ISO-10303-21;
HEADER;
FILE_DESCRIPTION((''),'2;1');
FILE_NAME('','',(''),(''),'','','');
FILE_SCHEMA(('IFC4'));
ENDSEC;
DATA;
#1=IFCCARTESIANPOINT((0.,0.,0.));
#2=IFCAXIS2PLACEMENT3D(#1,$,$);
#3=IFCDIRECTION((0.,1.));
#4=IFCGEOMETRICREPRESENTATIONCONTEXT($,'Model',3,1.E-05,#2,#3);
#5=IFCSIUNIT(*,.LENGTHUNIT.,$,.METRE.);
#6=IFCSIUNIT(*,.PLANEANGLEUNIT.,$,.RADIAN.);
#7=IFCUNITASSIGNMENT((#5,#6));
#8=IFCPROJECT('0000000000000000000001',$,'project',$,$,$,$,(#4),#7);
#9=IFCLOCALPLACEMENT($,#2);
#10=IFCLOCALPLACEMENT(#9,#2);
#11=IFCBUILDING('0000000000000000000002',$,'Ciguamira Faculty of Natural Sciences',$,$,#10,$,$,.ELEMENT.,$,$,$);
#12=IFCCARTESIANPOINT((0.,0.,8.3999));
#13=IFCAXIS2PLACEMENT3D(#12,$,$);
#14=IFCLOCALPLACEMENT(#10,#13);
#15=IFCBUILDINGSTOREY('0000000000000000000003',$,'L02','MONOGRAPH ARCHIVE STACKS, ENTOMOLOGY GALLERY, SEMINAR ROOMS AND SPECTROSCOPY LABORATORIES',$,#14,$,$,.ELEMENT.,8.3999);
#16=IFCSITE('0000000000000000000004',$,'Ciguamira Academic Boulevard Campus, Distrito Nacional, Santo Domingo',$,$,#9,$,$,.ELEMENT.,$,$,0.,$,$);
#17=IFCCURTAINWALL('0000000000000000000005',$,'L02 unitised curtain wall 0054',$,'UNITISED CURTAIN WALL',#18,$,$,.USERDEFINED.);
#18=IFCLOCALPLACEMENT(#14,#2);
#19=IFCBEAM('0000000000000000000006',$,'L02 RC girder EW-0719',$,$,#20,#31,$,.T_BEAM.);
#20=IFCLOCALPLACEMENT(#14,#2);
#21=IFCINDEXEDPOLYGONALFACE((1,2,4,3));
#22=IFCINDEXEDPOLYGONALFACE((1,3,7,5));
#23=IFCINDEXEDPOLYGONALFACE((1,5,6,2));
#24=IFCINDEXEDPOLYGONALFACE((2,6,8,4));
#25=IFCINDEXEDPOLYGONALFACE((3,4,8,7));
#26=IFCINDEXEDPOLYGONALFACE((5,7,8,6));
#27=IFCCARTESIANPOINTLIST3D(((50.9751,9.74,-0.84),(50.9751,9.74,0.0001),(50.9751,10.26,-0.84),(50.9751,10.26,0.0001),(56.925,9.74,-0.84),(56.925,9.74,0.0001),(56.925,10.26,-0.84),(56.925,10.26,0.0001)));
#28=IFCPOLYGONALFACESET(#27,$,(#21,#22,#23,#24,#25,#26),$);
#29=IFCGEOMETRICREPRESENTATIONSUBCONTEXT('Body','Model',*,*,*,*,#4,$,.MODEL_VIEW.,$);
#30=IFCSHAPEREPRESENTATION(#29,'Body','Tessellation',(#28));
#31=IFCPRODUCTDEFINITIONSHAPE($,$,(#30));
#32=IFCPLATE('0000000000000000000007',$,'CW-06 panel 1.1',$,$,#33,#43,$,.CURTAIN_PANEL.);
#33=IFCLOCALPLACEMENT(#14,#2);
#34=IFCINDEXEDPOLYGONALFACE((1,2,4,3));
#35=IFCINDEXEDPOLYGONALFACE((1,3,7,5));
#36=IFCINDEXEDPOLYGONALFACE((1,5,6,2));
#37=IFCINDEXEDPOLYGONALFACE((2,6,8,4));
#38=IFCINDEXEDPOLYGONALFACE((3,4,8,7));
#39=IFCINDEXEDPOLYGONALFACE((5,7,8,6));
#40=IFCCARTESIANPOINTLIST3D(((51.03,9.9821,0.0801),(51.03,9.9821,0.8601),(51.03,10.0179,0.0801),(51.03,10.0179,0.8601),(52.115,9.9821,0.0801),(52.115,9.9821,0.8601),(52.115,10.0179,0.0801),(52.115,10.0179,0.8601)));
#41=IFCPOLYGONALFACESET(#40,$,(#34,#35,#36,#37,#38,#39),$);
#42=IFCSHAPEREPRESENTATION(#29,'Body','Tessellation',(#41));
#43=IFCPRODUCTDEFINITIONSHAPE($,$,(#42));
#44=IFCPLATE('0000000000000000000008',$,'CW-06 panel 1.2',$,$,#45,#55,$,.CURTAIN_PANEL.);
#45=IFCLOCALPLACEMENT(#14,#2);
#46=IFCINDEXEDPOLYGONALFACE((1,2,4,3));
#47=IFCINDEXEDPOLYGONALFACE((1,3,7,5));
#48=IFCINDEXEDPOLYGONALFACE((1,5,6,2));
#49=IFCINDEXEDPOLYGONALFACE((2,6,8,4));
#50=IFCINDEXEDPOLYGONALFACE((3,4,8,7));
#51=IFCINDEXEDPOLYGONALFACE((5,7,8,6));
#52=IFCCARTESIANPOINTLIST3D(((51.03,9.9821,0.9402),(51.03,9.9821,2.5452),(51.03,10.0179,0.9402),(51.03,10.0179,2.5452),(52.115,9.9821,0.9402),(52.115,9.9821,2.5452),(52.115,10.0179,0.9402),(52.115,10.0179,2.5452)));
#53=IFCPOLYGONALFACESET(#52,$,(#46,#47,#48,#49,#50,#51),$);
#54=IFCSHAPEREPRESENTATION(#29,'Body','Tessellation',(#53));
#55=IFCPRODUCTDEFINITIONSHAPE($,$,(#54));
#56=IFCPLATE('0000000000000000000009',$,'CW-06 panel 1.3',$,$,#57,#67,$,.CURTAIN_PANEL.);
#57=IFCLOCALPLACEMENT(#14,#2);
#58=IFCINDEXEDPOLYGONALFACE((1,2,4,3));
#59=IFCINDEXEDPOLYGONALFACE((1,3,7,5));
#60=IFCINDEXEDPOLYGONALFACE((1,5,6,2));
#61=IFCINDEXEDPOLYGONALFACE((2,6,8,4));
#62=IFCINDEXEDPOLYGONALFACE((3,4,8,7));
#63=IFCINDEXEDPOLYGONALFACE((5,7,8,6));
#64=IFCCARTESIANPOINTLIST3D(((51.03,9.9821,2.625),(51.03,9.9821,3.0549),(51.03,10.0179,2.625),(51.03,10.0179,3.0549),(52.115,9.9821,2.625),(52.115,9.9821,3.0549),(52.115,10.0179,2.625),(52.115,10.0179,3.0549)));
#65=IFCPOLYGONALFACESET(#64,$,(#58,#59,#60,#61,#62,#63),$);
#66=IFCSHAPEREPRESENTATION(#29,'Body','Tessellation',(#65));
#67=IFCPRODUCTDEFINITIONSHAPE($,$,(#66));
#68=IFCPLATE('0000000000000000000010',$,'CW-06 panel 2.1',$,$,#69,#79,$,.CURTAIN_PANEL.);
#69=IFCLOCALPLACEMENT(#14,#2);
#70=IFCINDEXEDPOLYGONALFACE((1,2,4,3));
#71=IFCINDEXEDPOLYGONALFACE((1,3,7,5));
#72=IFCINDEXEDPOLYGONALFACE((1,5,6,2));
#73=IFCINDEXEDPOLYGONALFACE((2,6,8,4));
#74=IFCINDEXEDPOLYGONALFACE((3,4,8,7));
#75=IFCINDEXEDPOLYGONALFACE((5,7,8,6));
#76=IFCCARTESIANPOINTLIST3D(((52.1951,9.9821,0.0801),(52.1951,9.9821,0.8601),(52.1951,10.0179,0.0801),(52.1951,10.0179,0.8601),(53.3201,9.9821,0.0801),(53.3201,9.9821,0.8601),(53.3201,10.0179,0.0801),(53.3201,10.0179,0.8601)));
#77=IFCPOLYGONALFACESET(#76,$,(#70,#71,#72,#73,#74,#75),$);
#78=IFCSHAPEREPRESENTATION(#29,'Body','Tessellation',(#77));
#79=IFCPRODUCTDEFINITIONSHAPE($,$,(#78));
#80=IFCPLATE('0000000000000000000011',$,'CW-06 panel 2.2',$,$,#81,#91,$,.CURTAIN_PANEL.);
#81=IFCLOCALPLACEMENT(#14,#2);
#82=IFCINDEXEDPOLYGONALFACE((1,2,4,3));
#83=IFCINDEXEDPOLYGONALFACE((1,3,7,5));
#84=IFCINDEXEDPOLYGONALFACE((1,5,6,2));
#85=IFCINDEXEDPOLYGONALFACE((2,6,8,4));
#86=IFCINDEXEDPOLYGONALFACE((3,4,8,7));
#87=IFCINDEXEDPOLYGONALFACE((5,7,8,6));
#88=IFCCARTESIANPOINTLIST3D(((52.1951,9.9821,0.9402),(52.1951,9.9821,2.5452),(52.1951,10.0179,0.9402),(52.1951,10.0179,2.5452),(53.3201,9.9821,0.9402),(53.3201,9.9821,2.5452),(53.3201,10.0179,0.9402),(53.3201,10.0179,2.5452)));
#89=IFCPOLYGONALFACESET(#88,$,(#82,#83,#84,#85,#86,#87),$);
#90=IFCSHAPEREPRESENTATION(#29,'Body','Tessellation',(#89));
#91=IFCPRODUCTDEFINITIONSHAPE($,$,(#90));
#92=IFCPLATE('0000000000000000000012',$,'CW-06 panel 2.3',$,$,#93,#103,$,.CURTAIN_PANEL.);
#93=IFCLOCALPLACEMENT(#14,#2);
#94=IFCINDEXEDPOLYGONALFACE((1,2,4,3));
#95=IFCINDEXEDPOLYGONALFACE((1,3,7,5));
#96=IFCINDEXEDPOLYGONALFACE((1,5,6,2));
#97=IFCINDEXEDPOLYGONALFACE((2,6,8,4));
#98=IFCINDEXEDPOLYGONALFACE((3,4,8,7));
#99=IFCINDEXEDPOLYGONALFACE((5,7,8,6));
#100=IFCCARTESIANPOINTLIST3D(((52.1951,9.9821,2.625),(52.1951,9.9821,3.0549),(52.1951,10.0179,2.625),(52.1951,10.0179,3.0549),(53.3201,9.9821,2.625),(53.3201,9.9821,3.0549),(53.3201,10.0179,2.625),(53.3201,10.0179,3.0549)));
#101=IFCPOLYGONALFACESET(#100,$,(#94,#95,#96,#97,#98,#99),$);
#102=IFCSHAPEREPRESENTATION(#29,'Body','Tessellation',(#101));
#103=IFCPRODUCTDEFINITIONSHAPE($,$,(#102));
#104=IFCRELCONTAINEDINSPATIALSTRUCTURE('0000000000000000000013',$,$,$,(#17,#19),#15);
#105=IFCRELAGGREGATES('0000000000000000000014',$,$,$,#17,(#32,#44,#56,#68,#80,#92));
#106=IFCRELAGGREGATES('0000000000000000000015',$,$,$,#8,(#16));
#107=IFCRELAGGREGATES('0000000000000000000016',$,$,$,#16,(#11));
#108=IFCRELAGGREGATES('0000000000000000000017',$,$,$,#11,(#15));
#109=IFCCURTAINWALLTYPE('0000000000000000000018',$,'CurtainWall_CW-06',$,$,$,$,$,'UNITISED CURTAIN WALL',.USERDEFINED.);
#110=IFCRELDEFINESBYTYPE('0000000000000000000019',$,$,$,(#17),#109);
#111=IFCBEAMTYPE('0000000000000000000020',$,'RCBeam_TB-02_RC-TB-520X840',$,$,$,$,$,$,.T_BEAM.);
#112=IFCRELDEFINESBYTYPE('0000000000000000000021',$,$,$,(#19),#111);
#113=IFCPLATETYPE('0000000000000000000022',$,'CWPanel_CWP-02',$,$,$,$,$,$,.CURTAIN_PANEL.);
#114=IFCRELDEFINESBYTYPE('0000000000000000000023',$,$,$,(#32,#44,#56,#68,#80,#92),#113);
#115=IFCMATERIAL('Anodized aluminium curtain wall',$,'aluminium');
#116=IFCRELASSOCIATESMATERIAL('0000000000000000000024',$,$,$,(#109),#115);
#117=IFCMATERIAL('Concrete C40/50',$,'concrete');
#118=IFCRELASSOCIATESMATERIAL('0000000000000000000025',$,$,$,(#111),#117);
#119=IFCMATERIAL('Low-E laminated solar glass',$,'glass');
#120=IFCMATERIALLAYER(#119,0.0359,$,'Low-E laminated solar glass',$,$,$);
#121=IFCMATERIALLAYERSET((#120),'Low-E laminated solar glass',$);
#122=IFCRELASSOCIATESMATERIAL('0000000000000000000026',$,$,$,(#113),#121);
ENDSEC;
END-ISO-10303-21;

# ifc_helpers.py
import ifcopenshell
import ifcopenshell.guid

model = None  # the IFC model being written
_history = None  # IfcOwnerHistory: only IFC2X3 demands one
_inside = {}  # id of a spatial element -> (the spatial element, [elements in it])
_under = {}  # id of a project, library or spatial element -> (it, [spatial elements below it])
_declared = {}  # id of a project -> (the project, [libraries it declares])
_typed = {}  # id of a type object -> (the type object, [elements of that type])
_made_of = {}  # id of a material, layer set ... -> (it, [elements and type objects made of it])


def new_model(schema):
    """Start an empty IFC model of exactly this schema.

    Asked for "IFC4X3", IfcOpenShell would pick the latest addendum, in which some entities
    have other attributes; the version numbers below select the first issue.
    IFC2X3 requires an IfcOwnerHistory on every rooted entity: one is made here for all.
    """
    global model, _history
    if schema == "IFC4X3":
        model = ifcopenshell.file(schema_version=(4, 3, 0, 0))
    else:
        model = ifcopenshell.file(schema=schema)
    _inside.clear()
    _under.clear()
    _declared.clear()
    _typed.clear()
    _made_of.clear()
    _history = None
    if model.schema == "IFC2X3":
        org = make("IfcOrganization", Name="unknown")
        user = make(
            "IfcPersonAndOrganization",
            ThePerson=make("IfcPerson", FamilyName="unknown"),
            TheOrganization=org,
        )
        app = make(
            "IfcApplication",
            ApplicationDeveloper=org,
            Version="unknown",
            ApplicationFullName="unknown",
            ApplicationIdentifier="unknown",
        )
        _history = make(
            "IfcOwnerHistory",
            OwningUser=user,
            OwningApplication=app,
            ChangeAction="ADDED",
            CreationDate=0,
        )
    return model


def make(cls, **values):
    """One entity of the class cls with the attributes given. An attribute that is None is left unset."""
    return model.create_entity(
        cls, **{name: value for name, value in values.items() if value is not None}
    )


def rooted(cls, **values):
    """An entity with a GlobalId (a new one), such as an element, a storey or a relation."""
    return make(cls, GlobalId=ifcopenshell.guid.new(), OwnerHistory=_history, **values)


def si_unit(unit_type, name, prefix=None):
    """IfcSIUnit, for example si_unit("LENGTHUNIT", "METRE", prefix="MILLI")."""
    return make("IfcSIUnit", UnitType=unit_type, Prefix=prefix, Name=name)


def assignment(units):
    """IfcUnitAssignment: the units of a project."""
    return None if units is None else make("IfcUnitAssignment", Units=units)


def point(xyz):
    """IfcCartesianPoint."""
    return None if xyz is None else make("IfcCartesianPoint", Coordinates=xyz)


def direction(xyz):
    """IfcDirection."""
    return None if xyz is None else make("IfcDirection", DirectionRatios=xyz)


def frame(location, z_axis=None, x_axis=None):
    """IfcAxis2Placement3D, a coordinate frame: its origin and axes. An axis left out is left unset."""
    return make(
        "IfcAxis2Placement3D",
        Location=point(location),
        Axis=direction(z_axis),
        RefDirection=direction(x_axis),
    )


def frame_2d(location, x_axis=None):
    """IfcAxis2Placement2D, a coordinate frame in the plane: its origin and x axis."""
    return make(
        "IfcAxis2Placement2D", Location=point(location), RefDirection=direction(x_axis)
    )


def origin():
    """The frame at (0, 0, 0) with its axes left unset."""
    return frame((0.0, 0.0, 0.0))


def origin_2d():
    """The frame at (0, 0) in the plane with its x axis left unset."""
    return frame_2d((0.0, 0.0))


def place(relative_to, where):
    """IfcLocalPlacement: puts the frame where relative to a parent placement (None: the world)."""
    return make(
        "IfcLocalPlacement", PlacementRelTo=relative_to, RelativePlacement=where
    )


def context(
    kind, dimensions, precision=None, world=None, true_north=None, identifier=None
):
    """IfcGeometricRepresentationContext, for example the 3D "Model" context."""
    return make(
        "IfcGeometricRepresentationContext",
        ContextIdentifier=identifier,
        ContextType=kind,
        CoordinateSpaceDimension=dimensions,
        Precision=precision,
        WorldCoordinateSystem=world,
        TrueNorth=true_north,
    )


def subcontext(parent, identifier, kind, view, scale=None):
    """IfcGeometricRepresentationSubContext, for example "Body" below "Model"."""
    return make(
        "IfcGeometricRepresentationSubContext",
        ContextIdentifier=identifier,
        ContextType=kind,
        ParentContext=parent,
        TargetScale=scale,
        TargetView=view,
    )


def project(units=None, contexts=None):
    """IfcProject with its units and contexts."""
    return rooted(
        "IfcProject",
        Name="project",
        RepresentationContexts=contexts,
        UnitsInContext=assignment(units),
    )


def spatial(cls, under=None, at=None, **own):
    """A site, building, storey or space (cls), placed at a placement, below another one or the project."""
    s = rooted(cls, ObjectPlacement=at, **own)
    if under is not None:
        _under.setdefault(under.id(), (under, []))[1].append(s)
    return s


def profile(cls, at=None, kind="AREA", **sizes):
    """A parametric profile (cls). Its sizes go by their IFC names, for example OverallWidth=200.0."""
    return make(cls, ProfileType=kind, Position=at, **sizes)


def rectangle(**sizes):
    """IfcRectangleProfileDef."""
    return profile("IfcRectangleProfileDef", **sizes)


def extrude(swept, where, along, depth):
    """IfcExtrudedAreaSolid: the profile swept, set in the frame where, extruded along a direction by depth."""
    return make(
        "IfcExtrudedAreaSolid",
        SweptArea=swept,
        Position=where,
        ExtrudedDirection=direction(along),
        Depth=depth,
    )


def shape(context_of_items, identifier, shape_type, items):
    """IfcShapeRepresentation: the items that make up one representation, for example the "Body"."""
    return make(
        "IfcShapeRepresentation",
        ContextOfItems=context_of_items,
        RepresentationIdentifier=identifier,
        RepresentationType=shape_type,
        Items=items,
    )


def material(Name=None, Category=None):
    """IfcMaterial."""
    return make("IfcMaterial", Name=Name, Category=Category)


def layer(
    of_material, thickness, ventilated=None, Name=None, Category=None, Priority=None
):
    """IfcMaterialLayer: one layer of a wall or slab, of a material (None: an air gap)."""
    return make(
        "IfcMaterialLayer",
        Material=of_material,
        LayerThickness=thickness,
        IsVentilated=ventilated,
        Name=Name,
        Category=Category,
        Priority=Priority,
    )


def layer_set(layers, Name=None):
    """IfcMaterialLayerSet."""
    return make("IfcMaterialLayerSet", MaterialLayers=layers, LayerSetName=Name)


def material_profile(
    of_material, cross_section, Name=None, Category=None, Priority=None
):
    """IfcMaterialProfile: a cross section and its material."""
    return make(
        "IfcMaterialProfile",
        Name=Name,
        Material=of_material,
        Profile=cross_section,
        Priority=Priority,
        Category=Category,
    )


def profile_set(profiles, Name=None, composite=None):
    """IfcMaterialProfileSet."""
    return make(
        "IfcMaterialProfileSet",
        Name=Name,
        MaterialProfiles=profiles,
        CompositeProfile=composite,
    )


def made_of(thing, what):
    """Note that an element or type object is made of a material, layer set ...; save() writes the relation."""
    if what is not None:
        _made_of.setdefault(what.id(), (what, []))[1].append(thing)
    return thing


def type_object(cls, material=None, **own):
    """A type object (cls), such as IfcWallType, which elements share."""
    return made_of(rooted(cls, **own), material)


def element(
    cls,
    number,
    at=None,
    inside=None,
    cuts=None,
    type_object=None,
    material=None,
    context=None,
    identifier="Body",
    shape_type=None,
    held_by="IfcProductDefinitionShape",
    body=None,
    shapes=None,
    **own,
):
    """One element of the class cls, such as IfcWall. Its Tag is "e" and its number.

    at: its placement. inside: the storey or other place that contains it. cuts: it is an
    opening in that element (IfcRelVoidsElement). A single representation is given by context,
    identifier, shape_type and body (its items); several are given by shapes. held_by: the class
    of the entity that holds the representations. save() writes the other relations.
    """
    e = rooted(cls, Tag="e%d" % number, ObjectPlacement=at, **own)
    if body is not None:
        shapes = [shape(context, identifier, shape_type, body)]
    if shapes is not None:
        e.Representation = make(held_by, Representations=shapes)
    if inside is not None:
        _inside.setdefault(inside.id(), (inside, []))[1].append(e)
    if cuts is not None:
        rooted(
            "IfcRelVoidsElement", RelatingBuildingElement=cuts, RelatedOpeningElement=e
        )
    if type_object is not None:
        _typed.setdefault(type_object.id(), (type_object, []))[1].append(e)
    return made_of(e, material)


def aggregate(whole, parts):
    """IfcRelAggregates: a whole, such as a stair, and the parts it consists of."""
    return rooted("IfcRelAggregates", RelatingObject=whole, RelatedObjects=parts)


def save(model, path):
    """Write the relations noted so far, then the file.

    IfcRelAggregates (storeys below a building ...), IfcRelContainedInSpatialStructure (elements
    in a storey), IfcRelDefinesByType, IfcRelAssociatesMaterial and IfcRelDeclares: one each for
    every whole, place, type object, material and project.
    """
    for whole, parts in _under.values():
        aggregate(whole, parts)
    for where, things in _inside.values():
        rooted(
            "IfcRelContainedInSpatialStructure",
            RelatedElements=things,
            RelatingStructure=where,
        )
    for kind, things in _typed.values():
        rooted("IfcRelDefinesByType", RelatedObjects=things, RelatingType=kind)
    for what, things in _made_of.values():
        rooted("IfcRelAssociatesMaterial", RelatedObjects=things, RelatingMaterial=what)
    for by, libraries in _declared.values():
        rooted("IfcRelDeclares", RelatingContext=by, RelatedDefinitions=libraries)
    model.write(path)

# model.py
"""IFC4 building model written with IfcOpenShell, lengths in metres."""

from ifc_helpers import new_model, si_unit, direction, frame, origin, origin_2d, place, context, subcontext, project, spatial, rectangle, extrude, material, layer, layer_set, material_profile, profile_set, type_object, element, aggregate, save


model = new_model("IFC4")

# Units and contexts
model_context = context("Model", 3, precision=1e-05, world=origin(), true_north=direction((0.0, 1.0)))
body_context = subcontext(model_context, "Body", "Model", "MODEL_VIEW")
ifc_project = project(units=[si_unit("LENGTHUNIT", "METRE"), si_unit("PLANEANGLEUNIT", "RADIAN")], contexts=[model_context])

# Site, building, storey
site_placement = place(None, origin())
site = spatial("IfcSite", under=ifc_project, at=site_placement, Name="Ciguamira Academic Boulevard Campus, Distrito Nacional, Santo Domingo", CompositionType="ELEMENT", RefElevation=0.0)
building_placement = place(site_placement, origin())
building = spatial("IfcBuilding", under=site, at=building_placement, Name="Ciguamira Faculty of Natural Sciences", CompositionType="ELEMENT")
storey_placement = place(building_placement, frame((0.0, 0.0, 8.3999)))
storey = spatial("IfcBuildingStorey", under=building, at=storey_placement, Name="L02", Description="MONOGRAPH ARCHIVE STACKS, ENTOMOLOGY GALLERY, SEMINAR ROOMS AND SPECTROSCOPY LABORATORIES", CompositionType="ELEMENT", Elevation=8.3999)

# Curtain wall
ifc_material_1 = material(Name="Anodized aluminium curtain wall", Category="aluminium")
curtain_wall_type = type_object("IfcCurtainWallType", Name="CurtainWall_CW-06", ElementType="UNITISED CURTAIN WALL", PredefinedType="USERDEFINED", material=ifc_material_1)
curtain_wall_placement = place(storey_placement, origin())
curtain_wall = element("IfcCurtainWall", 1, at=curtain_wall_placement, inside=storey, type_object=curtain_wall_type, Name="L02 unitised curtain wall 0054", ObjectType="UNITISED CURTAIN WALL", PredefinedType="USERDEFINED")

# Beam
ifc_material_2 = material(Name="Concrete C40/50", Category="concrete")
ifc_material_profile_1 = material_profile(ifc_material_2, rectangle(XDim=0.52, YDim=0.8401, at=origin_2d()), Name="RC-TB-520X840")
ifc_profile_set_1 = profile_set([ifc_material_profile_1], Name="Concrete C40/50")
beam_type = type_object("IfcBeamType", Name="RCBeam_TB-02_RC-TB-520X840", PredefinedType="T_BEAM", material=ifc_profile_set_1)
beam_placement = place(storey_placement, frame((50.9751, 10.0, -0.4199), z_axis=(1.0, 0.0, 0.0), x_axis=(0.0, 1.0, 0.0)))
element("IfcBeam", 2, at=beam_placement, inside=storey, type_object=beam_type, Name="L02 RC girder EW-0719", PredefinedType="T_BEAM", context=body_context, shape_type="SweptSolid", body=[
    extrude(rectangle(XDim=0.52, YDim=0.8401, at=origin_2d()), origin(), (0.0, 0.0, 1.0), 5.95),
])

# Plates
ifc_material_3 = material(Name="Low-E laminated solar glass", Category="glass")
ifc_layer = layer(ifc_material_3, 0.0359, Name="Low-E laminated solar glass")
ifc_layer_set = layer_set([ifc_layer], Name="Low-E laminated solar glass")
plate_type = type_object("IfcPlateType", Name="CWPanel_CWP-02", PredefinedType="CURTAIN_PANEL", material=ifc_layer_set)
plate_1_placement = place(storey_placement, frame((51.5725, 10.0, 0.0801), z_axis=(0.0, 0.0, 1.0), x_axis=(1.0, 0.0, 0.0)))
plate_1 = element("IfcPlate", 3, at=plate_1_placement, type_object=plate_type, Name="CW-06 panel 1.1", PredefinedType="CURTAIN_PANEL", context=body_context, shape_type="SweptSolid", body=[
    extrude(rectangle(XDim=1.085, YDim=0.0359, at=origin_2d()), origin(), (0.0, 0.0, 1.0), 0.78),
])
plate_2_placement = place(storey_placement, frame((51.5725, 10.0, 0.9402), z_axis=(0.0, 0.0, 1.0), x_axis=(1.0, 0.0, 0.0)))
plate_2 = element("IfcPlate", 4, at=plate_2_placement, type_object=plate_type, Name="CW-06 panel 1.2", PredefinedType="CURTAIN_PANEL", context=body_context, shape_type="SweptSolid", body=[
    extrude(rectangle(XDim=1.085, YDim=0.0359, at=origin_2d()), origin(), (0.0, 0.0, 1.0), 1.605),
])
plate_3_placement = place(storey_placement, frame((51.5725, 10.0, 2.625), z_axis=(0.0, 0.0, 1.0), x_axis=(1.0, 0.0, 0.0)))
plate_3 = element("IfcPlate", 5, at=plate_3_placement, type_object=plate_type, Name="CW-06 panel 1.3", PredefinedType="CURTAIN_PANEL", context=body_context, shape_type="SweptSolid", body=[
    extrude(rectangle(XDim=1.085, YDim=0.0359, at=origin_2d()), origin(), (0.0, 0.0, 1.0), 0.4299),
])
plate_4_placement = place(storey_placement, frame((52.7576, 10.0, 0.0801), z_axis=(0.0, 0.0, 1.0), x_axis=(1.0, 0.0, 0.0)))
plate_4 = element("IfcPlate", 6, at=plate_4_placement, type_object=plate_type, Name="CW-06 panel 2.1", PredefinedType="CURTAIN_PANEL", context=body_context, shape_type="SweptSolid", body=[
    extrude(rectangle(XDim=1.125, YDim=0.0359, at=origin_2d()), origin(), (0.0, 0.0, 1.0), 0.78),
])
plate_5_placement = place(storey_placement, frame((52.7576, 10.0, 0.9402), z_axis=(0.0, 0.0, 1.0), x_axis=(1.0, 0.0, 0.0)))
plate_5 = element("IfcPlate", 7, at=plate_5_placement, type_object=plate_type, Name="CW-06 panel 2.2", PredefinedType="CURTAIN_PANEL", context=body_context, shape_type="SweptSolid", body=[
    extrude(rectangle(XDim=1.125, YDim=0.0359, at=origin_2d()), origin(), (0.0, 0.0, 1.0), 1.605),
])
plate_6_placement = place(storey_placement, frame((52.7576, 10.0, 2.625), z_axis=(0.0, 0.0, 1.0), x_axis=(1.0, 0.0, 0.0)))
plate_6 = element("IfcPlate", 8, at=plate_6_placement, type_object=plate_type, Name="CW-06 panel 2.3", PredefinedType="CURTAIN_PANEL", context=body_context, shape_type="SweptSolid", body=[
    extrude(rectangle(XDim=1.125, YDim=0.0359, at=origin_2d()), origin(), (0.0, 0.0, 1.0), 0.4299),
])
aggregate(curtain_wall, [plate_1, plate_2, plate_3, plate_4, plate_5, plate_6])

save(model, "model.ifc")
